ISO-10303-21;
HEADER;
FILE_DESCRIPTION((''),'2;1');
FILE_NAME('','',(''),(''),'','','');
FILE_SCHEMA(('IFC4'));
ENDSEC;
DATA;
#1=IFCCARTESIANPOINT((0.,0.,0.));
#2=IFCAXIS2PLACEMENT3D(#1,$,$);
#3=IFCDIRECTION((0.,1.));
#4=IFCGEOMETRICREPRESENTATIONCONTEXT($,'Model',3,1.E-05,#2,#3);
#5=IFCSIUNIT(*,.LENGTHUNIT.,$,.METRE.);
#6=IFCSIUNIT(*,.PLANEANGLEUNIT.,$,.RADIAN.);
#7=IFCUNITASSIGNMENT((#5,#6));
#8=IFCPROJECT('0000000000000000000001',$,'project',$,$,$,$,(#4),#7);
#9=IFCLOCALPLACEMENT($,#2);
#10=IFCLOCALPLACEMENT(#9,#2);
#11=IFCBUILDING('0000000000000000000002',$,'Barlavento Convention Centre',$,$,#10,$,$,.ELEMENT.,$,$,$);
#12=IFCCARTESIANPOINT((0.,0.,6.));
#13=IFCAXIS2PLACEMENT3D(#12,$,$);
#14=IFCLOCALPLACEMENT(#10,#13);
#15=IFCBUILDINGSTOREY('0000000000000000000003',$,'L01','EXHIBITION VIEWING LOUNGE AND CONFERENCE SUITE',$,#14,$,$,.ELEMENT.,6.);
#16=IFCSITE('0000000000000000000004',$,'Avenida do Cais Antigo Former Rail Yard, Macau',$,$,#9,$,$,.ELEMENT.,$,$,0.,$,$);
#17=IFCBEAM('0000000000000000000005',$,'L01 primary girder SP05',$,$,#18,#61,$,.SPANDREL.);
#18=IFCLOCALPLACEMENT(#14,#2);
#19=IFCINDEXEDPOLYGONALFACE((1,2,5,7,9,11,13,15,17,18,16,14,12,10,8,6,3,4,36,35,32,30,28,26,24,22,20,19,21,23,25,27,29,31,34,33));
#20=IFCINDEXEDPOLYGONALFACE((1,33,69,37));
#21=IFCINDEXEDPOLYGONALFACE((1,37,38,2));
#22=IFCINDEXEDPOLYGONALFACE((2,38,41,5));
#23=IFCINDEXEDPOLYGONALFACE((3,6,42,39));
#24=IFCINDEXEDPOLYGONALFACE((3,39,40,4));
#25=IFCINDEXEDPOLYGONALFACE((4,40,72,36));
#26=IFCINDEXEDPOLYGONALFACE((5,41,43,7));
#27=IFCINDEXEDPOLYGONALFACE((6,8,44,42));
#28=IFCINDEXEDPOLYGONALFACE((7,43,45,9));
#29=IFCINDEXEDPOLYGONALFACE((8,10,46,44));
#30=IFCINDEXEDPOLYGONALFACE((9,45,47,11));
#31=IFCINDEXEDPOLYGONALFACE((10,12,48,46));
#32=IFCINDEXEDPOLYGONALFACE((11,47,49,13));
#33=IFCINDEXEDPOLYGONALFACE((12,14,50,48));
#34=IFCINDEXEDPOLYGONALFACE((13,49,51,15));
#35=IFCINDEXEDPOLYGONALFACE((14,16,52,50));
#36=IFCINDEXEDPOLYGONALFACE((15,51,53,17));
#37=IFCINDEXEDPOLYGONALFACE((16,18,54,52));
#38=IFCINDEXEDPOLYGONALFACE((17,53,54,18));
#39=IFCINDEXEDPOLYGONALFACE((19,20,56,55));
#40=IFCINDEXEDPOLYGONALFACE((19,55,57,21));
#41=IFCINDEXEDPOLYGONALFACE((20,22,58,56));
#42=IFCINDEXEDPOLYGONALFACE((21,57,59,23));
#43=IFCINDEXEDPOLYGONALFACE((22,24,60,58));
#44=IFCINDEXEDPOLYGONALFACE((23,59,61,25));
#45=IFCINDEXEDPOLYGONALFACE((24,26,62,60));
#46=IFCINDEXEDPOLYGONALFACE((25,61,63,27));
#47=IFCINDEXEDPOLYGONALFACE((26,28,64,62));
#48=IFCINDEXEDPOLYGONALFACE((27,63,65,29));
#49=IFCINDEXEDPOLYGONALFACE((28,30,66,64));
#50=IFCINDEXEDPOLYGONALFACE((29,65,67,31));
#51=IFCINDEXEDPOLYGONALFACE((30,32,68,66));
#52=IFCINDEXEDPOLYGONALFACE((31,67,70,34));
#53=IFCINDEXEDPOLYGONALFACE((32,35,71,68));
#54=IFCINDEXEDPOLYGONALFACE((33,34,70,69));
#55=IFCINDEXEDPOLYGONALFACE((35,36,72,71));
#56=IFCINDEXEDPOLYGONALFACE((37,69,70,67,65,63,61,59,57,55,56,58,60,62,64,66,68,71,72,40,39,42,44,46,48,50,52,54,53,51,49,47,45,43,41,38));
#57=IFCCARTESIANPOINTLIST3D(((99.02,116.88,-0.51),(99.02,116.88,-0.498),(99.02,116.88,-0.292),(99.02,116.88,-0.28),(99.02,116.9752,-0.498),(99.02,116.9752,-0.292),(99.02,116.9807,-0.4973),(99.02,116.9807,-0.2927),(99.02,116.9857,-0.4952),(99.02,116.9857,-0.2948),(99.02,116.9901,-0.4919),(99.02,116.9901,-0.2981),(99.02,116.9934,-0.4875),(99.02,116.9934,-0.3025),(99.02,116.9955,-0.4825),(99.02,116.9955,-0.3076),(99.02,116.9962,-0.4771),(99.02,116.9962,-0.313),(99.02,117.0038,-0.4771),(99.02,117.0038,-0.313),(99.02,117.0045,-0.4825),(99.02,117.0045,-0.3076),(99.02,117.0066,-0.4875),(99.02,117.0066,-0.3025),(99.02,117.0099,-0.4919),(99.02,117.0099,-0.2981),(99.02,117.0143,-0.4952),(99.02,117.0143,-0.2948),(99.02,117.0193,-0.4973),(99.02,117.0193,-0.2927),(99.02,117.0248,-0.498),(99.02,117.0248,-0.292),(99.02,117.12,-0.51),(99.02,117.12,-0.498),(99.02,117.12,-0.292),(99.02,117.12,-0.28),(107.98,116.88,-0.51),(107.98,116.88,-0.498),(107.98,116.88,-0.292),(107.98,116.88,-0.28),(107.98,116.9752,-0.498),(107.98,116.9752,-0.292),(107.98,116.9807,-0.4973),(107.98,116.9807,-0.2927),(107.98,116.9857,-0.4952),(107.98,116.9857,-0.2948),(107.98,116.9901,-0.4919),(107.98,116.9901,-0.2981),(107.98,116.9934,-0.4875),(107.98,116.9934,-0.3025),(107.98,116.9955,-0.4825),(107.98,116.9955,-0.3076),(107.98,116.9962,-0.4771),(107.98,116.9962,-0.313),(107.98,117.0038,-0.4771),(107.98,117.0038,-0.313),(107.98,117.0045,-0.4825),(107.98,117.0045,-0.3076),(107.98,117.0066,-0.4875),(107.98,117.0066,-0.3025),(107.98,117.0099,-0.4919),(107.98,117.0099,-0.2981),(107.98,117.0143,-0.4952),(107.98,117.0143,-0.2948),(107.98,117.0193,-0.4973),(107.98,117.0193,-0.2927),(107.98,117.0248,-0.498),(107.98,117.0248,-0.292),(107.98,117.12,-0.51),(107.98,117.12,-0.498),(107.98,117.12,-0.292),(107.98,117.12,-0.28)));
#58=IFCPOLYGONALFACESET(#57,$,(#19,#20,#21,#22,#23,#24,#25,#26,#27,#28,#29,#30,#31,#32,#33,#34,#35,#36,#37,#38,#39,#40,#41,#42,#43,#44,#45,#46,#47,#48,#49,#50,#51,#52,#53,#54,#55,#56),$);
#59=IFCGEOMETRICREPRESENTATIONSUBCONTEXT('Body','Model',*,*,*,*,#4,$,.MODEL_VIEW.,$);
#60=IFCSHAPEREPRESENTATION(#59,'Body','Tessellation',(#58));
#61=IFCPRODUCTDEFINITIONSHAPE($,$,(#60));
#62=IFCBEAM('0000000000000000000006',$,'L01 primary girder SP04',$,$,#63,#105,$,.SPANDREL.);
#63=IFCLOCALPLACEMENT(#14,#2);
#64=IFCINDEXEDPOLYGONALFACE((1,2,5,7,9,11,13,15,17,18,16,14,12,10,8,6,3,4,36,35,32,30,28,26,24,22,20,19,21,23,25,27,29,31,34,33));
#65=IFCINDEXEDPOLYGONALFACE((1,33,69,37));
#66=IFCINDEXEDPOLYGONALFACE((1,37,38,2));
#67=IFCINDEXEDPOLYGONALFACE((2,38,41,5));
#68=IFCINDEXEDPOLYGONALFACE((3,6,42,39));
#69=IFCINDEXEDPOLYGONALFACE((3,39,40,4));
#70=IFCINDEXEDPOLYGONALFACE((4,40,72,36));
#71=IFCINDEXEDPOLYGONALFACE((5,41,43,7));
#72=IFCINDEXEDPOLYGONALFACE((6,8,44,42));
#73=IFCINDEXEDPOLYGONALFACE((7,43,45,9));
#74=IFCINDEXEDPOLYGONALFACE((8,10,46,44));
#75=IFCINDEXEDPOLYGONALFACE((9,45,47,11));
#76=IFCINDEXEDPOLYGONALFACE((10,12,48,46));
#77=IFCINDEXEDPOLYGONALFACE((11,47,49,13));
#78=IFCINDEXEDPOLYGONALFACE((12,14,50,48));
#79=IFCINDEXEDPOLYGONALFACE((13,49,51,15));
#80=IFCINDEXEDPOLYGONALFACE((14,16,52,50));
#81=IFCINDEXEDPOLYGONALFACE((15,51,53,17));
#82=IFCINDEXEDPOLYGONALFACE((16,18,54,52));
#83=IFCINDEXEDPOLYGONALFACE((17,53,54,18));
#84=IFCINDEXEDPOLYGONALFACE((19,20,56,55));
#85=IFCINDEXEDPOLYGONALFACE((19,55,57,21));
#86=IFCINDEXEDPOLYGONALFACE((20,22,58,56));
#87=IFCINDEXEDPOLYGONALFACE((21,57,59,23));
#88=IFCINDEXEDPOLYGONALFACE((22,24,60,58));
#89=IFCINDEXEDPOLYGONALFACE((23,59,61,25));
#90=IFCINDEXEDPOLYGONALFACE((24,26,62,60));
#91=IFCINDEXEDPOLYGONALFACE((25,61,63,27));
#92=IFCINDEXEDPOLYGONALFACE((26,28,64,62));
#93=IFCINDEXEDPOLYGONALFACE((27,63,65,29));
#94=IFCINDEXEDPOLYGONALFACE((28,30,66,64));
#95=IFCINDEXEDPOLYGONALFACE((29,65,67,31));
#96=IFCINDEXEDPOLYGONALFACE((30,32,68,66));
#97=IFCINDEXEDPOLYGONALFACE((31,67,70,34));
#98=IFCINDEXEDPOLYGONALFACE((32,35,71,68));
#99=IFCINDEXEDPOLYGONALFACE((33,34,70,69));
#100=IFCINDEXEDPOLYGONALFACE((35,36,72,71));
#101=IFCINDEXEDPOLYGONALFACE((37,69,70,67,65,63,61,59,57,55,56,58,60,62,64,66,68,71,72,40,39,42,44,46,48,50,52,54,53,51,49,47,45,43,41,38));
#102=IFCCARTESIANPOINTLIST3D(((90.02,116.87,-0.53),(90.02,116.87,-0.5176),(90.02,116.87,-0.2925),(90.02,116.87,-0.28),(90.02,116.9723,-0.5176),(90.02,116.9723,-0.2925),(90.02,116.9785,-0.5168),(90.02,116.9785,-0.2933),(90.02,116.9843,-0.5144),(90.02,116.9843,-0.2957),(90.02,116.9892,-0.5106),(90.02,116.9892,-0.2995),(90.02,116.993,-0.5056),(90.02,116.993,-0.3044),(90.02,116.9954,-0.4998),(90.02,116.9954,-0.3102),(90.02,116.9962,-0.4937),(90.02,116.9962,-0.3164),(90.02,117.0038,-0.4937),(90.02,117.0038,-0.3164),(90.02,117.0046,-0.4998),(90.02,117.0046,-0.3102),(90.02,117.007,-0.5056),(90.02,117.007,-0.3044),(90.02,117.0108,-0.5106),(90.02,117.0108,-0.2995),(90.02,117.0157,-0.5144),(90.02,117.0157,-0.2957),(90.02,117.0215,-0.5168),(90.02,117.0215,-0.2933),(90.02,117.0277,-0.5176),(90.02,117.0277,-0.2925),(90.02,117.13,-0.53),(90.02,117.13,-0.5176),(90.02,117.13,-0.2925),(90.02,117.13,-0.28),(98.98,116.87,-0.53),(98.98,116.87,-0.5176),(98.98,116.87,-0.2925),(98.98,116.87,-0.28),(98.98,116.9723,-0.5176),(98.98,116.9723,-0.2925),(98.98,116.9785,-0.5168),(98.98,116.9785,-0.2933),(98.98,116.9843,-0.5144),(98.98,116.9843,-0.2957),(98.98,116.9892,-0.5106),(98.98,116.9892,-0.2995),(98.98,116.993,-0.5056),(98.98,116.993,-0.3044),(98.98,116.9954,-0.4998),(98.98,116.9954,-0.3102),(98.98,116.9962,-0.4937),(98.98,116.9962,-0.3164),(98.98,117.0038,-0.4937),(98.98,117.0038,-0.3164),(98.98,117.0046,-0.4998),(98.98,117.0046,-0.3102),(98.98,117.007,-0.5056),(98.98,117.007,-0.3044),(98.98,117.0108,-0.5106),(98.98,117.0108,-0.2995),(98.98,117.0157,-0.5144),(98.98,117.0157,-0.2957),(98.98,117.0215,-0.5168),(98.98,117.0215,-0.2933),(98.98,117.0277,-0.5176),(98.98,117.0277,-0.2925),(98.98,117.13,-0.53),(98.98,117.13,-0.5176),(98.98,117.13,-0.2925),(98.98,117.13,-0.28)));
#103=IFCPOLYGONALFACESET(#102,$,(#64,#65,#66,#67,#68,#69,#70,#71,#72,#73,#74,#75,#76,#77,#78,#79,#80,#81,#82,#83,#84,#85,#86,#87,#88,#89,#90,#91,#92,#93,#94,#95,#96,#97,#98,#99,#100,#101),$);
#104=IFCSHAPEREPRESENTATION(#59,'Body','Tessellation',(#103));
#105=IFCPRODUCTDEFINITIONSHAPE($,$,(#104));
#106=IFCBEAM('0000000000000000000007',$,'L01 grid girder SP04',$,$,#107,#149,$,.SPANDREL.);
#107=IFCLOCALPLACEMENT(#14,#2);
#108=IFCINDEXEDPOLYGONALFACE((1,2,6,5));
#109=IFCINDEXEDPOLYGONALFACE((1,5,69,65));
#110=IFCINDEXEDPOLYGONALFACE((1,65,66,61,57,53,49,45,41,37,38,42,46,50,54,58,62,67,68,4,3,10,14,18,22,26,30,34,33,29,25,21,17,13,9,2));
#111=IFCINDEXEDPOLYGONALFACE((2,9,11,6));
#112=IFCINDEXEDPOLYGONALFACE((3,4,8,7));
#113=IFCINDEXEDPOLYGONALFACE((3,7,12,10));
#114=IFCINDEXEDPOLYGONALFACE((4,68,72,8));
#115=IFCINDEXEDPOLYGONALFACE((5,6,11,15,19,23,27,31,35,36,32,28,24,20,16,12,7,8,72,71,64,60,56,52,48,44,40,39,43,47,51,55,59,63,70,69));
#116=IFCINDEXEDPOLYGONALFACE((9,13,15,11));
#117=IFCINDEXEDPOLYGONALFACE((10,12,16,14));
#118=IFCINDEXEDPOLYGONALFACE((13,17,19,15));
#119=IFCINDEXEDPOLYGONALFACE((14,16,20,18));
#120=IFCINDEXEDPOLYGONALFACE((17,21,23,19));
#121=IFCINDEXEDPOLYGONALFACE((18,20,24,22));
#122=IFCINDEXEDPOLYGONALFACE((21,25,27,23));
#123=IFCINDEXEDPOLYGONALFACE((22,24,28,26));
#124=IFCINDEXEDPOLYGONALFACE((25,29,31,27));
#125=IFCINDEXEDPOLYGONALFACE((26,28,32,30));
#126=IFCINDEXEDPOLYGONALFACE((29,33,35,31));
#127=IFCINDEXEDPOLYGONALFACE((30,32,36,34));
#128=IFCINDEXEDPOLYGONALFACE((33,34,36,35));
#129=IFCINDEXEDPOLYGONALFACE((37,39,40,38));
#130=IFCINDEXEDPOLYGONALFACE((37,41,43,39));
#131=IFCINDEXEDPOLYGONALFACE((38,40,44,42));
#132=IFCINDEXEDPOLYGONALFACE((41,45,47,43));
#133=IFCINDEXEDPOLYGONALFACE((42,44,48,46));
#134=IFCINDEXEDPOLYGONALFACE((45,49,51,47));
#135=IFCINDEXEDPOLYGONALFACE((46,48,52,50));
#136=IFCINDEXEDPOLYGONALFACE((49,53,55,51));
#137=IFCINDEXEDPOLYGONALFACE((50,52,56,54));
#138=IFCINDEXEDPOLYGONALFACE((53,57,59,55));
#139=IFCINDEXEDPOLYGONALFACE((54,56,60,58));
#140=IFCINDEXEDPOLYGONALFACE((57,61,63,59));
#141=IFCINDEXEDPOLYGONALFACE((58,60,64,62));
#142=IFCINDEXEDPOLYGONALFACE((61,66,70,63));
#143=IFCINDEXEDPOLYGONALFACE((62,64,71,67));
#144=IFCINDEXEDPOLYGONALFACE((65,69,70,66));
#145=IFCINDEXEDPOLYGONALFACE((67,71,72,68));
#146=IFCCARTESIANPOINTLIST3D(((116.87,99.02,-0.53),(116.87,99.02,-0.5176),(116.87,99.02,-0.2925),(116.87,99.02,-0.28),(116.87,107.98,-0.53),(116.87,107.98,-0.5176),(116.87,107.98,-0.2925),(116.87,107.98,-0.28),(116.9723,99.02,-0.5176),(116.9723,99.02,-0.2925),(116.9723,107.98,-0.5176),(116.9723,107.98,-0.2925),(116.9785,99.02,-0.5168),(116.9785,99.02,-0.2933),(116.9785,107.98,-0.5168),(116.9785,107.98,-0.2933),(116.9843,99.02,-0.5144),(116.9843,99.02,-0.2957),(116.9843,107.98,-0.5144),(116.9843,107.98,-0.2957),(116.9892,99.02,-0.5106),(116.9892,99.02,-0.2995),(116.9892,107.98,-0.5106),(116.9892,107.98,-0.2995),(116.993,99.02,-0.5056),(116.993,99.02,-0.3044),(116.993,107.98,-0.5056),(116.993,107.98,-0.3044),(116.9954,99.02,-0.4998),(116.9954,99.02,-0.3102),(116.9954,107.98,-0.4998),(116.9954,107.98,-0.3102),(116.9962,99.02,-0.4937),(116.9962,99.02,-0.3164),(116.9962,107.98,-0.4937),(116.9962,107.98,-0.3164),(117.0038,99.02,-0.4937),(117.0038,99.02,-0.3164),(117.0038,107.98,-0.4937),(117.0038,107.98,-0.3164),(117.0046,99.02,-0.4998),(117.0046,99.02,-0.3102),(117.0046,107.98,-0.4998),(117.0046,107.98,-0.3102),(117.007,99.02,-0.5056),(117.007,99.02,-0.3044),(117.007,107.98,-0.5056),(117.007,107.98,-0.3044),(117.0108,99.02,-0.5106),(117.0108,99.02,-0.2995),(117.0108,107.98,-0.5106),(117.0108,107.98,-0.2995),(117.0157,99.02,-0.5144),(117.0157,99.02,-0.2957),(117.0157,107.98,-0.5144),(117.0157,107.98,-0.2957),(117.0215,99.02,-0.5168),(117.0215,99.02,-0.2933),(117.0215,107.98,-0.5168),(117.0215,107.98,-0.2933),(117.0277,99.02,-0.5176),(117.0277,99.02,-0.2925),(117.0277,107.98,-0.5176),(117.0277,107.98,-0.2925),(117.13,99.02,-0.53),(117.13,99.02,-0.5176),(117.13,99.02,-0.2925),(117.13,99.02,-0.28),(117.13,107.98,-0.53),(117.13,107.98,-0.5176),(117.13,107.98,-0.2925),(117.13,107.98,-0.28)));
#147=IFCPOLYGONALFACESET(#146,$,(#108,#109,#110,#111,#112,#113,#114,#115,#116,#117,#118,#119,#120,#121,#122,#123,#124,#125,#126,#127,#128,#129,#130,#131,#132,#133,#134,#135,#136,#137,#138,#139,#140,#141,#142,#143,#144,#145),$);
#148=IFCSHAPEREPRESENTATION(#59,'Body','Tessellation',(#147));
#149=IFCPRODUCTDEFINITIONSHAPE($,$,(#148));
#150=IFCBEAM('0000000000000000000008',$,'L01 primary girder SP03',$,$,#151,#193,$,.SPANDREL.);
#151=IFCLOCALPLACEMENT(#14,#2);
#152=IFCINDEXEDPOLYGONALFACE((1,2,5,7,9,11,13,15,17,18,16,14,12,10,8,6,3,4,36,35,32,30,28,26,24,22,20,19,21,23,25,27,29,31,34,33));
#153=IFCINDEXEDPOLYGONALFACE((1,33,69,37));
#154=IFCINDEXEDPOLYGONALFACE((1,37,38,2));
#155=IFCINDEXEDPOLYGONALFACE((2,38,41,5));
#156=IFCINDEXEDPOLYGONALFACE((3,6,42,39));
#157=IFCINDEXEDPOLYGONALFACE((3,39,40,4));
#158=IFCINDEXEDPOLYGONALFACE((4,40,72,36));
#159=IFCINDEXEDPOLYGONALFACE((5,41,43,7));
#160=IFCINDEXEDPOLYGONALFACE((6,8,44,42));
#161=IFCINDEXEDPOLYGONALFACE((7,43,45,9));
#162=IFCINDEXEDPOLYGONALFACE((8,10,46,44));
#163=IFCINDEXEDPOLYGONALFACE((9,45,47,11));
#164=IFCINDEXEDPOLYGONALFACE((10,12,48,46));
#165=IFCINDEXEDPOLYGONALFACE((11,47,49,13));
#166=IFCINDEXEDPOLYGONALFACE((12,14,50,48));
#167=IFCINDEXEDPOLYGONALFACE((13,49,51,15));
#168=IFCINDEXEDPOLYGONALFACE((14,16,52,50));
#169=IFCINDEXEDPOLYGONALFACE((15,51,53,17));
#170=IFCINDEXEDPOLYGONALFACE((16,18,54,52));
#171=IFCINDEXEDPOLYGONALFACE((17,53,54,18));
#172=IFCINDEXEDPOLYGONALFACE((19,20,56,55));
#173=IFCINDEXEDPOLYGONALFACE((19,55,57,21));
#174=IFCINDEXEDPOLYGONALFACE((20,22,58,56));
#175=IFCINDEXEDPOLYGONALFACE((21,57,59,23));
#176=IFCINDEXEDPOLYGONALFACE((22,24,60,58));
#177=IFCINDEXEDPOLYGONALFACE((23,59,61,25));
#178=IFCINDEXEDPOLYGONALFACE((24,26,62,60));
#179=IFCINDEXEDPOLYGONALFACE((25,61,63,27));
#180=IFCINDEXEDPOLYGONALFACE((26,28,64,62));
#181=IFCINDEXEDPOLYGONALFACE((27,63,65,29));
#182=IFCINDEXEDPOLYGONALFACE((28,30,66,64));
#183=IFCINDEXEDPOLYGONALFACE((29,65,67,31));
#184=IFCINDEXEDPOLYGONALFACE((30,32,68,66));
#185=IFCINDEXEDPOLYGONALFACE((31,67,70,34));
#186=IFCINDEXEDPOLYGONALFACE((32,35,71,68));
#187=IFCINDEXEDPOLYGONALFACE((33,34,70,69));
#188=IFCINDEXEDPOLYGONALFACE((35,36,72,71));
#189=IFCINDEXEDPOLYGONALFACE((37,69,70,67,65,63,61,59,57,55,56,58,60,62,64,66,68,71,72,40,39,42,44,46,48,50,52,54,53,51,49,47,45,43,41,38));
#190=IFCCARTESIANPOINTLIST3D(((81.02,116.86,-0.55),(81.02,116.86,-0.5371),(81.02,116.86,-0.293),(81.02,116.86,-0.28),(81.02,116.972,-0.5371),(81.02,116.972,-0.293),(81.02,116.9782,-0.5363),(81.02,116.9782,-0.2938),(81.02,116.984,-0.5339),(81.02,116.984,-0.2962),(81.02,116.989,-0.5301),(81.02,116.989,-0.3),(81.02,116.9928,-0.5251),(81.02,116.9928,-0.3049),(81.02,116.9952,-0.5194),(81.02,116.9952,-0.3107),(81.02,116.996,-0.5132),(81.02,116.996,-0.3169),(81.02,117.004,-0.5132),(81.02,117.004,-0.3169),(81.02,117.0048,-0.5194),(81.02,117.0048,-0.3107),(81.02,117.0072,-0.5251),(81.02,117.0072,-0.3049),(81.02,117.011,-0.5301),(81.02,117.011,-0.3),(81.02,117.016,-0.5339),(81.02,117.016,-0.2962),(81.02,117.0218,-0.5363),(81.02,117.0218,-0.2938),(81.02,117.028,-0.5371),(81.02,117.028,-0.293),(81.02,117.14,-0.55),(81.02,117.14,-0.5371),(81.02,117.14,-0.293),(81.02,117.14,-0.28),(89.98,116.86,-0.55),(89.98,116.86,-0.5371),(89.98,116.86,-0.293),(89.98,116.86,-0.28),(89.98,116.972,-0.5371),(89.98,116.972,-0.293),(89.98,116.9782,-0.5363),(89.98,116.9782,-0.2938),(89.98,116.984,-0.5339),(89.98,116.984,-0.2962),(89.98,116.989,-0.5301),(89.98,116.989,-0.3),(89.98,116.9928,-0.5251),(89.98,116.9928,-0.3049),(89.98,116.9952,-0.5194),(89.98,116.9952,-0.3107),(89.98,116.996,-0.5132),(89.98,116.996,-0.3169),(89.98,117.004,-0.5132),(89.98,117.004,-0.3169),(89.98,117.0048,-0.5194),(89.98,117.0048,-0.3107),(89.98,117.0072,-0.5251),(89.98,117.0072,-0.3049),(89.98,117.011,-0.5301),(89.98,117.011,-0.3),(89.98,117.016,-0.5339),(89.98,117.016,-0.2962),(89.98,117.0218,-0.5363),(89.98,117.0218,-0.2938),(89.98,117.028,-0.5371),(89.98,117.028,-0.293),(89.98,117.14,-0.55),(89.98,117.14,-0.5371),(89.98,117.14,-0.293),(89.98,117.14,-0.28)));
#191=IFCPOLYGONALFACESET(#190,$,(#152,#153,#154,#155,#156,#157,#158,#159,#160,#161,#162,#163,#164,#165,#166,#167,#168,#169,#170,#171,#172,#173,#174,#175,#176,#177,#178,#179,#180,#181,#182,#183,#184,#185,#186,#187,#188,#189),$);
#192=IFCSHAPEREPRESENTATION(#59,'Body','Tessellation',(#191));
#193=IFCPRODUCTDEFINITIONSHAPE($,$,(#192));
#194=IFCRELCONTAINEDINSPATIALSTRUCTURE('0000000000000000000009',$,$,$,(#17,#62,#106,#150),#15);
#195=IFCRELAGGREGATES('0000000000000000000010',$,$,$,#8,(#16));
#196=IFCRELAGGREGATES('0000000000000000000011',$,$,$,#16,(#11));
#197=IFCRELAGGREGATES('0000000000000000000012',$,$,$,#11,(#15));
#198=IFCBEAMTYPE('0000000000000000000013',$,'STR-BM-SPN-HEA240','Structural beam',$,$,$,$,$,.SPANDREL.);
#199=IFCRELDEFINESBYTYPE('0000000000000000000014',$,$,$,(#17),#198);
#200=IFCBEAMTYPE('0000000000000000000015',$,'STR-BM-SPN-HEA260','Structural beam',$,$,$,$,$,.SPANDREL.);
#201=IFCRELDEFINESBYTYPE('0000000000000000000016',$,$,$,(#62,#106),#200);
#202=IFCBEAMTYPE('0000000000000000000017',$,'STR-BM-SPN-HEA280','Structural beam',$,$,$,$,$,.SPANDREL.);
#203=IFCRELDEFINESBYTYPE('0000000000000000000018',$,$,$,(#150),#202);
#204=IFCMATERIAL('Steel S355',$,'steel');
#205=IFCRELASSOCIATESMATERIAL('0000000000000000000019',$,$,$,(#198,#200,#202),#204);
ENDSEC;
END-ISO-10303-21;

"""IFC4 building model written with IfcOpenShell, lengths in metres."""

from ifc_helpers import new_model, si_unit, direction, frame, origin, origin_2d, place, context, subcontext, project, spatial, i_section, extrude, material, material_profile, profile_set, type_object, element, save


model = new_model("IFC4")

# Units and contexts
model_context = context("Model", 3, precision=1e-05, world=origin(), true_north=direction((0.0, 1.0)))
body_context = subcontext(model_context, "Body", "Model", "MODEL_VIEW")
ifc_project = project(units=[si_unit("LENGTHUNIT", "METRE"), si_unit("PLANEANGLEUNIT", "RADIAN")], contexts=[model_context])

# Site, building, storey
site_placement = place(None, origin())
site = spatial("IfcSite", under=ifc_project, at=site_placement, Name="Avenida do Cais Antigo Former Rail Yard, Macau", CompositionType="ELEMENT", RefElevation=0.0)
building_placement = place(site_placement, origin())
building = spatial("IfcBuilding", under=site, at=building_placement, Name="Barlavento Convention Centre", CompositionType="ELEMENT")
storey_placement = place(building_placement, frame((0.0, 0.0, 6.0)))
storey = spatial("IfcBuildingStorey", under=building, at=storey_placement, Name="L01", Description="EXHIBITION VIEWING LOUNGE AND CONFERENCE SUITE", CompositionType="ELEMENT", Elevation=6.0)

# Shared definitions
ifc_material_1 = material(Name="Steel S355", Category="steel")

# Beams
ifc_material_profile_1 = material_profile(ifc_material_1, i_section(OverallWidth=0.24, OverallDepth=0.23, WebThickness=0.0076, FlangeThickness=0.012, FilletRadius=0.021, at=origin_2d()), Name="HEA 240")
ifc_profile_set_1 = profile_set([ifc_material_profile_1], Name="Steel S355")
beam_type_1 = type_object("IfcBeamType", Name="STR-BM-SPN-HEA240", Description="Structural beam", PredefinedType="SPANDREL", material=ifc_profile_set_1)
beam_1_placement = place(storey_placement, frame((99.02, 117.0, -0.395), z_axis=(1.0, 0.0, 0.0), x_axis=(0.0, 1.0, 0.0)))
element("IfcBeam", 1, at=beam_1_placement, inside=storey, type_object=beam_type_1, Name="L01 primary girder SP05", PredefinedType="SPANDREL", context=body_context, shape_type="SweptSolid", body=[
    extrude(i_section(OverallWidth=0.24, OverallDepth=0.23, WebThickness=0.0076, FlangeThickness=0.012, FilletRadius=0.021, at=origin_2d()), origin(), (0.0, 0.0, 1.0), 8.96),
])
ifc_material_profile_2 = material_profile(ifc_material_1, i_section(OverallWidth=0.26, OverallDepth=0.25, WebThickness=0.0076, FlangeThickness=0.0125, FilletRadius=0.0239, at=origin_2d()), Name="HEA 260")
ifc_profile_set_2 = profile_set([ifc_material_profile_2], Name="Steel S355")
beam_type_2 = type_object("IfcBeamType", Name="STR-BM-SPN-HEA260", Description="Structural beam", PredefinedType="SPANDREL", material=ifc_profile_set_2)
for number, where, z_axis, x_axis, name in (
    (2, (90.02, 117.0, -0.405), (1.0, 0.0, 0.0), (0.0, 1.0, 0.0), "L01 primary girder SP04"),
    (3, (117.0, 99.02, -0.405), (0.0, 1.0, 0.0), (-1.0, 0.0, 0.0), "L01 grid girder SP04"),
):
    element("IfcBeam", number, at=place(storey_placement, frame(where, z_axis=z_axis, x_axis=x_axis)), inside=storey, type_object=beam_type_2, Name=name, PredefinedType="SPANDREL", context=body_context, shape_type="SweptSolid", body=[
        extrude(i_section(OverallWidth=0.26, OverallDepth=0.25, WebThickness=0.0076, FlangeThickness=0.0125, FilletRadius=0.0239, at=origin_2d()), origin(), (0.0, 0.0, 1.0), 8.96),
    ])
ifc_material_profile_3 = material_profile(ifc_material_1, i_section(OverallWidth=0.28, OverallDepth=0.27, WebThickness=0.0081, FlangeThickness=0.0129, FilletRadius=0.0239, at=origin_2d()), Name="HEA 280")
ifc_profile_set_3 = profile_set([ifc_material_profile_3], Name="Steel S355")
beam_type_3 = type_object("IfcBeamType", Name="STR-BM-SPN-HEA280", Description="Structural beam", PredefinedType="SPANDREL", material=ifc_profile_set_3)
beam_2_placement = place(storey_placement, frame((81.02, 117.0, -0.415), z_axis=(1.0, 0.0, 0.0), x_axis=(0.0, 1.0, 0.0)))
element("IfcBeam", 4, at=beam_2_placement, inside=storey, type_object=beam_type_3, Name="L01 primary girder SP03", PredefinedType="SPANDREL", context=body_context, shape_type="SweptSolid", body=[
    extrude(i_section(OverallWidth=0.28, OverallDepth=0.27, WebThickness=0.0081, FlangeThickness=0.0129, FilletRadius=0.0239, at=origin_2d()), origin(), (0.0, 0.0, 1.0), 8.96),
])

save(model, "model.ifc")
